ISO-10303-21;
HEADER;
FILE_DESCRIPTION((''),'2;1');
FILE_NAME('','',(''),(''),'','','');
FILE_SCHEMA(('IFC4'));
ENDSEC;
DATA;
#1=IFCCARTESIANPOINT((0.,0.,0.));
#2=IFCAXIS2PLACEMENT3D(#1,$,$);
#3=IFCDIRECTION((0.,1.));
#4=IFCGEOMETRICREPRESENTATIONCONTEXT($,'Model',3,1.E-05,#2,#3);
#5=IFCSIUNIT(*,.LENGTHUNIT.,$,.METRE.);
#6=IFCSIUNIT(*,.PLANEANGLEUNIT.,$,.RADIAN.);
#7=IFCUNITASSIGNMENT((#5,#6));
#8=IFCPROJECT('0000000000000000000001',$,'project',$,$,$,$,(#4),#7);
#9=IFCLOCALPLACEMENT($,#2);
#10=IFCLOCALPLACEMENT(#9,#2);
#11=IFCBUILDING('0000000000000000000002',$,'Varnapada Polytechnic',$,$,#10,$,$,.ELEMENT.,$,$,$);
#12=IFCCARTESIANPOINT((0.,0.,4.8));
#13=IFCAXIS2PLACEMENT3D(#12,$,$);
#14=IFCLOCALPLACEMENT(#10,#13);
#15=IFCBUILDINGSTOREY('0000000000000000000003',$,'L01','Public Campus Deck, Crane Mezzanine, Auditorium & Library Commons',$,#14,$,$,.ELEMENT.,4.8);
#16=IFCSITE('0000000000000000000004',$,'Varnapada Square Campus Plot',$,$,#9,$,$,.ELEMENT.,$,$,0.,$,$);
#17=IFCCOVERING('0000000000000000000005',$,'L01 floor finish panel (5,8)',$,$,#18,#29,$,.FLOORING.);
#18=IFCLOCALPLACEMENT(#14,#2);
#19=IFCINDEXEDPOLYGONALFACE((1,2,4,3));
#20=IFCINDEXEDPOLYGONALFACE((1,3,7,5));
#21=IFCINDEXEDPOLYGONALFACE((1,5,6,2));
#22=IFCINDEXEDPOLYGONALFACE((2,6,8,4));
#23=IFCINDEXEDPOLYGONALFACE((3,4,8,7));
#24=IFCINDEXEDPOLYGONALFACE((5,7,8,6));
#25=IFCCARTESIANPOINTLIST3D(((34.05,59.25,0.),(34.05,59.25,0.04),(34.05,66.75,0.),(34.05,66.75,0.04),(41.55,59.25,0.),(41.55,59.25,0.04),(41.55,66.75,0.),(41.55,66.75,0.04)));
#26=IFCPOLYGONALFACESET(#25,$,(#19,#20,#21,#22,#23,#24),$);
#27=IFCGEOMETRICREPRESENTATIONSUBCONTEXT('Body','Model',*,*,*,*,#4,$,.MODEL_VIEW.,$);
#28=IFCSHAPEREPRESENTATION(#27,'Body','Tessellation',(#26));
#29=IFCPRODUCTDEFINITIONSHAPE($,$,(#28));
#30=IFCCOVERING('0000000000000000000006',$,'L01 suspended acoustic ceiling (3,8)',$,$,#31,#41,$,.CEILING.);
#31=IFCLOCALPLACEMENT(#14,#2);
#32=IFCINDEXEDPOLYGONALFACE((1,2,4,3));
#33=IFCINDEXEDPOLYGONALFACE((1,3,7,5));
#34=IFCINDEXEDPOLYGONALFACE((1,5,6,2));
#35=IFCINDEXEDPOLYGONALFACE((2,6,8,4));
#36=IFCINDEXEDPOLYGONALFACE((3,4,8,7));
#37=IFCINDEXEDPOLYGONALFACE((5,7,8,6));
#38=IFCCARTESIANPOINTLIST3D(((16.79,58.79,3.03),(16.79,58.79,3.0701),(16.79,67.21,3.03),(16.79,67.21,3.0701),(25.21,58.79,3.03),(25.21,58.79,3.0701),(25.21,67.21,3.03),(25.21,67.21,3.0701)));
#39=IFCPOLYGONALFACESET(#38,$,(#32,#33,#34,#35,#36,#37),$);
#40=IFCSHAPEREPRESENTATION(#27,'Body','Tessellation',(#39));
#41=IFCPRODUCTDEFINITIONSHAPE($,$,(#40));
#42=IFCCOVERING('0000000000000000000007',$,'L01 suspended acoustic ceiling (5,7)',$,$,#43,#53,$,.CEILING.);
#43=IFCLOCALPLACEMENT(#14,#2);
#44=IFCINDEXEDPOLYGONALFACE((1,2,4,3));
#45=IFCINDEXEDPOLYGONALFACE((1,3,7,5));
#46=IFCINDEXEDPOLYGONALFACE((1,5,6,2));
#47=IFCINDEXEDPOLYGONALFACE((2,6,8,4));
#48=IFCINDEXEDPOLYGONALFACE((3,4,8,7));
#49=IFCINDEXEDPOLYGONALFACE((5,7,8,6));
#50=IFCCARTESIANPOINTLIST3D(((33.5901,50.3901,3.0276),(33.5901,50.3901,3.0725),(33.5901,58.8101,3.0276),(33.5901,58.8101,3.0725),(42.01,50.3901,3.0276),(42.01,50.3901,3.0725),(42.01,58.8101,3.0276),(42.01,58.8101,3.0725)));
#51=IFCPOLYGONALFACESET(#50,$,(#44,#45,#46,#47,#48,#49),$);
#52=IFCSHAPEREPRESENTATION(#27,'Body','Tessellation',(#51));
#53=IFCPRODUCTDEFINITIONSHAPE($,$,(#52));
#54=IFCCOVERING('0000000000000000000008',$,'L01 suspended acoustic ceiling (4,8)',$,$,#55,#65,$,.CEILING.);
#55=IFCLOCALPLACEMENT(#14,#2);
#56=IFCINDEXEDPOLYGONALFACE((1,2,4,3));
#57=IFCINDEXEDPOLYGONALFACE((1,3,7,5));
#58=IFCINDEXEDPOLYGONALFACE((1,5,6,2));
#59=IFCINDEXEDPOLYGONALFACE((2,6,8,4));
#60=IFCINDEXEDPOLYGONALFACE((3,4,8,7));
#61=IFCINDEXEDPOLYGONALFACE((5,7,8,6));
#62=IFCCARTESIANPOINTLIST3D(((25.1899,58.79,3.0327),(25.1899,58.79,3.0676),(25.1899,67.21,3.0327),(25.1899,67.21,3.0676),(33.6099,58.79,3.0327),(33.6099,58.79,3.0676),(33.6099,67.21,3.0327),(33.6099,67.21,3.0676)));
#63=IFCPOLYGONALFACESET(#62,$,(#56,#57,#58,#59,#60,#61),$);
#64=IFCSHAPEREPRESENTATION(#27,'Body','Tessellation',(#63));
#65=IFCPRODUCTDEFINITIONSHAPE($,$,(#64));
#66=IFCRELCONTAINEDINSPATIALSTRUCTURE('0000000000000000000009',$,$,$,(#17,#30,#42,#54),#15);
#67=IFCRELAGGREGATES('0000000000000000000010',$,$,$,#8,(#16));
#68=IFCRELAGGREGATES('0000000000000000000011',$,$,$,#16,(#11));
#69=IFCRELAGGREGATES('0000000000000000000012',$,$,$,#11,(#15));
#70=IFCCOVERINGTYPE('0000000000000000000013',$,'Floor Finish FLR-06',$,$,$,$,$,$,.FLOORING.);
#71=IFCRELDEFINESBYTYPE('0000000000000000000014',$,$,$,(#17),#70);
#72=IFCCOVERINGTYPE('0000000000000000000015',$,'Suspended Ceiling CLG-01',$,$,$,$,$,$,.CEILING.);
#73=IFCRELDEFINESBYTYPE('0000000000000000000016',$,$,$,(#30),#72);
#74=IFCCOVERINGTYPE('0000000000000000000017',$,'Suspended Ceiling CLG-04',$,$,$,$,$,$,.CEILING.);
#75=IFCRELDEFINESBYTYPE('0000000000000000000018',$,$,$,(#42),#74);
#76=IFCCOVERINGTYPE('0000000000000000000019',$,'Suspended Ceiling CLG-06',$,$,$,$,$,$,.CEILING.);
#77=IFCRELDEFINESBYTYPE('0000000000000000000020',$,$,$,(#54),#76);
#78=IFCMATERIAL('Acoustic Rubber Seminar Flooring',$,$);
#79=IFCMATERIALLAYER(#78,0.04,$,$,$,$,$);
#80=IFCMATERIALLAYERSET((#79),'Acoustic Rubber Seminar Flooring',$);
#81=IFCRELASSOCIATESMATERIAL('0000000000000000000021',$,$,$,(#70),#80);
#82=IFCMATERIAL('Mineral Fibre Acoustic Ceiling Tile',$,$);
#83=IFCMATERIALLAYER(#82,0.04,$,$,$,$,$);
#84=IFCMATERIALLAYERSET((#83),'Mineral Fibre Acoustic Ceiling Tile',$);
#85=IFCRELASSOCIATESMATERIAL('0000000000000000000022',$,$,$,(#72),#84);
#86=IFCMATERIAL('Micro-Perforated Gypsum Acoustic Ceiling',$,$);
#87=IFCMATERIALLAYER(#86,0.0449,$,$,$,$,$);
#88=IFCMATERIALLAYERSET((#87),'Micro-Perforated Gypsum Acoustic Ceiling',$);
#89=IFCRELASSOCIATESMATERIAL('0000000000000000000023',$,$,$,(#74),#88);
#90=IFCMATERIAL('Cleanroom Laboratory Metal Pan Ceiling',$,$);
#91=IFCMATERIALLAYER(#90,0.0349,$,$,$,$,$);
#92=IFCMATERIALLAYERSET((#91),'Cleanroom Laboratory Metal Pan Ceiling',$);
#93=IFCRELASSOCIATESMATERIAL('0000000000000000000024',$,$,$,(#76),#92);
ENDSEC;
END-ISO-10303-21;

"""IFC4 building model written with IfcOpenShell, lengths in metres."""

from ifc_helpers import new_model, si_unit, direction, frame, origin, origin_2d, place, context, subcontext, project, spatial, rectangle, extrude, material, layer, layer_set, type_object, element, save


model = new_model("IFC4")

# Units and contexts
model_context = context("Model", 3, precision=1e-05, world=origin(), true_north=direction((0.0, 1.0)))
body_context = subcontext(model_context, "Body", "Model", "MODEL_VIEW")
ifc_project = project(units=[si_unit("LENGTHUNIT", "METRE"), si_unit("PLANEANGLEUNIT", "RADIAN")], contexts=[model_context])

# Site, building, storey
site_placement = place(None, origin())
site = spatial("IfcSite", under=ifc_project, at=site_placement, Name="Varnapada Square Campus Plot", CompositionType="ELEMENT", RefElevation=0.0)
building_placement = place(site_placement, origin())
building = spatial("IfcBuilding", under=site, at=building_placement, Name="Varnapada Polytechnic", CompositionType="ELEMENT")
storey_placement = place(building_placement, frame((0.0, 0.0, 4.8)))
storey = spatial("IfcBuildingStorey", under=building, at=storey_placement, Name="L01", Description="Public Campus Deck, Crane Mezzanine, Auditorium & Library Commons", CompositionType="ELEMENT", Elevation=4.8)

# Coverings
ifc_material_1 = material(Name="Acoustic Rubber Seminar Flooring")
ifc_layer_1 = layer(ifc_material_1, 0.04)
ifc_layer_set_1 = layer_set([ifc_layer_1], Name="Acoustic Rubber Seminar Flooring")
covering_type_1 = type_object("IfcCoveringType", Name="Floor Finish FLR-06", PredefinedType="FLOORING", material=ifc_layer_set_1)
covering_1_placement = place(storey_placement, frame((37.8, 63.0, 0.0), z_axis=(0.0, 0.0, 1.0), x_axis=(1.0, 0.0, 0.0)))
element("IfcCovering", 1, at=covering_1_placement, inside=storey, type_object=covering_type_1, Name="L01 floor finish panel (5,8)", PredefinedType="FLOORING", context=body_context, shape_type="SweptSolid", body=[
    extrude(rectangle(XDim=7.5, YDim=7.5, at=origin_2d()), origin(), (0.0, 0.0, 1.0), 0.04),
])
ifc_material_2 = material(Name="Mineral Fibre Acoustic Ceiling Tile")
ifc_layer_2 = layer(ifc_material_2, 0.04)
ifc_layer_set_2 = layer_set([ifc_layer_2], Name="Mineral Fibre Acoustic Ceiling Tile")
covering_type_2 = type_object("IfcCoveringType", Name="Suspended Ceiling CLG-01", PredefinedType="CEILING", material=ifc_layer_set_2)
covering_2_placement = place(storey_placement, frame((21.0, 63.0, 3.03), z_axis=(0.0, 0.0, 1.0), x_axis=(1.0, 0.0, 0.0)))
element("IfcCovering", 2, at=covering_2_placement, inside=storey, type_object=covering_type_2, Name="L01 suspended acoustic ceiling (3,8)", PredefinedType="CEILING", context=body_context, shape_type="SweptSolid", body=[
    extrude(rectangle(XDim=8.4199, YDim=8.4199, at=origin_2d()), origin(), (0.0, 0.0, 1.0), 0.04),
])
ifc_material_3 = material(Name="Micro-Perforated Gypsum Acoustic Ceiling")
ifc_layer_3 = layer(ifc_material_3, 0.0449)
ifc_layer_set_3 = layer_set([ifc_layer_3], Name="Micro-Perforated Gypsum Acoustic Ceiling")
covering_type_3 = type_object("IfcCoveringType", Name="Suspended Ceiling CLG-04", PredefinedType="CEILING", material=ifc_layer_set_3)
covering_3_placement = place(storey_placement, frame((37.8, 54.6001, 3.0276), z_axis=(0.0, 0.0, 1.0), x_axis=(1.0, 0.0, 0.0)))
element("IfcCovering", 3, at=covering_3_placement, inside=storey, type_object=covering_type_3, Name="L01 suspended acoustic ceiling (5,7)", PredefinedType="CEILING", context=body_context, shape_type="SweptSolid", body=[
    extrude(rectangle(XDim=8.4199, YDim=8.4199, at=origin_2d()), origin(), (0.0, 0.0, 1.0), 0.0449),
])
ifc_material_4 = material(Name="Cleanroom Laboratory Metal Pan Ceiling")
ifc_layer_4 = layer(ifc_material_4, 0.0349)
ifc_layer_set_4 = layer_set([ifc_layer_4], Name="Cleanroom Laboratory Metal Pan Ceiling")
covering_type_4 = type_object("IfcCoveringType", Name="Suspended Ceiling CLG-06", PredefinedType="CEILING", material=ifc_layer_set_4)
covering_4_placement = place(storey_placement, frame((29.3999, 63.0, 3.0327), z_axis=(0.0, 0.0, 1.0), x_axis=(1.0, 0.0, 0.0)))
element("IfcCovering", 4, at=covering_4_placement, inside=storey, type_object=covering_type_4, Name="L01 suspended acoustic ceiling (4,8)", PredefinedType="CEILING", context=body_context, shape_type="SweptSolid", body=[
    extrude(rectangle(XDim=8.4199, YDim=8.4199, at=origin_2d()), origin(), (0.0, 0.0, 1.0), 0.0349),
])

save(model, "model.ifc")
